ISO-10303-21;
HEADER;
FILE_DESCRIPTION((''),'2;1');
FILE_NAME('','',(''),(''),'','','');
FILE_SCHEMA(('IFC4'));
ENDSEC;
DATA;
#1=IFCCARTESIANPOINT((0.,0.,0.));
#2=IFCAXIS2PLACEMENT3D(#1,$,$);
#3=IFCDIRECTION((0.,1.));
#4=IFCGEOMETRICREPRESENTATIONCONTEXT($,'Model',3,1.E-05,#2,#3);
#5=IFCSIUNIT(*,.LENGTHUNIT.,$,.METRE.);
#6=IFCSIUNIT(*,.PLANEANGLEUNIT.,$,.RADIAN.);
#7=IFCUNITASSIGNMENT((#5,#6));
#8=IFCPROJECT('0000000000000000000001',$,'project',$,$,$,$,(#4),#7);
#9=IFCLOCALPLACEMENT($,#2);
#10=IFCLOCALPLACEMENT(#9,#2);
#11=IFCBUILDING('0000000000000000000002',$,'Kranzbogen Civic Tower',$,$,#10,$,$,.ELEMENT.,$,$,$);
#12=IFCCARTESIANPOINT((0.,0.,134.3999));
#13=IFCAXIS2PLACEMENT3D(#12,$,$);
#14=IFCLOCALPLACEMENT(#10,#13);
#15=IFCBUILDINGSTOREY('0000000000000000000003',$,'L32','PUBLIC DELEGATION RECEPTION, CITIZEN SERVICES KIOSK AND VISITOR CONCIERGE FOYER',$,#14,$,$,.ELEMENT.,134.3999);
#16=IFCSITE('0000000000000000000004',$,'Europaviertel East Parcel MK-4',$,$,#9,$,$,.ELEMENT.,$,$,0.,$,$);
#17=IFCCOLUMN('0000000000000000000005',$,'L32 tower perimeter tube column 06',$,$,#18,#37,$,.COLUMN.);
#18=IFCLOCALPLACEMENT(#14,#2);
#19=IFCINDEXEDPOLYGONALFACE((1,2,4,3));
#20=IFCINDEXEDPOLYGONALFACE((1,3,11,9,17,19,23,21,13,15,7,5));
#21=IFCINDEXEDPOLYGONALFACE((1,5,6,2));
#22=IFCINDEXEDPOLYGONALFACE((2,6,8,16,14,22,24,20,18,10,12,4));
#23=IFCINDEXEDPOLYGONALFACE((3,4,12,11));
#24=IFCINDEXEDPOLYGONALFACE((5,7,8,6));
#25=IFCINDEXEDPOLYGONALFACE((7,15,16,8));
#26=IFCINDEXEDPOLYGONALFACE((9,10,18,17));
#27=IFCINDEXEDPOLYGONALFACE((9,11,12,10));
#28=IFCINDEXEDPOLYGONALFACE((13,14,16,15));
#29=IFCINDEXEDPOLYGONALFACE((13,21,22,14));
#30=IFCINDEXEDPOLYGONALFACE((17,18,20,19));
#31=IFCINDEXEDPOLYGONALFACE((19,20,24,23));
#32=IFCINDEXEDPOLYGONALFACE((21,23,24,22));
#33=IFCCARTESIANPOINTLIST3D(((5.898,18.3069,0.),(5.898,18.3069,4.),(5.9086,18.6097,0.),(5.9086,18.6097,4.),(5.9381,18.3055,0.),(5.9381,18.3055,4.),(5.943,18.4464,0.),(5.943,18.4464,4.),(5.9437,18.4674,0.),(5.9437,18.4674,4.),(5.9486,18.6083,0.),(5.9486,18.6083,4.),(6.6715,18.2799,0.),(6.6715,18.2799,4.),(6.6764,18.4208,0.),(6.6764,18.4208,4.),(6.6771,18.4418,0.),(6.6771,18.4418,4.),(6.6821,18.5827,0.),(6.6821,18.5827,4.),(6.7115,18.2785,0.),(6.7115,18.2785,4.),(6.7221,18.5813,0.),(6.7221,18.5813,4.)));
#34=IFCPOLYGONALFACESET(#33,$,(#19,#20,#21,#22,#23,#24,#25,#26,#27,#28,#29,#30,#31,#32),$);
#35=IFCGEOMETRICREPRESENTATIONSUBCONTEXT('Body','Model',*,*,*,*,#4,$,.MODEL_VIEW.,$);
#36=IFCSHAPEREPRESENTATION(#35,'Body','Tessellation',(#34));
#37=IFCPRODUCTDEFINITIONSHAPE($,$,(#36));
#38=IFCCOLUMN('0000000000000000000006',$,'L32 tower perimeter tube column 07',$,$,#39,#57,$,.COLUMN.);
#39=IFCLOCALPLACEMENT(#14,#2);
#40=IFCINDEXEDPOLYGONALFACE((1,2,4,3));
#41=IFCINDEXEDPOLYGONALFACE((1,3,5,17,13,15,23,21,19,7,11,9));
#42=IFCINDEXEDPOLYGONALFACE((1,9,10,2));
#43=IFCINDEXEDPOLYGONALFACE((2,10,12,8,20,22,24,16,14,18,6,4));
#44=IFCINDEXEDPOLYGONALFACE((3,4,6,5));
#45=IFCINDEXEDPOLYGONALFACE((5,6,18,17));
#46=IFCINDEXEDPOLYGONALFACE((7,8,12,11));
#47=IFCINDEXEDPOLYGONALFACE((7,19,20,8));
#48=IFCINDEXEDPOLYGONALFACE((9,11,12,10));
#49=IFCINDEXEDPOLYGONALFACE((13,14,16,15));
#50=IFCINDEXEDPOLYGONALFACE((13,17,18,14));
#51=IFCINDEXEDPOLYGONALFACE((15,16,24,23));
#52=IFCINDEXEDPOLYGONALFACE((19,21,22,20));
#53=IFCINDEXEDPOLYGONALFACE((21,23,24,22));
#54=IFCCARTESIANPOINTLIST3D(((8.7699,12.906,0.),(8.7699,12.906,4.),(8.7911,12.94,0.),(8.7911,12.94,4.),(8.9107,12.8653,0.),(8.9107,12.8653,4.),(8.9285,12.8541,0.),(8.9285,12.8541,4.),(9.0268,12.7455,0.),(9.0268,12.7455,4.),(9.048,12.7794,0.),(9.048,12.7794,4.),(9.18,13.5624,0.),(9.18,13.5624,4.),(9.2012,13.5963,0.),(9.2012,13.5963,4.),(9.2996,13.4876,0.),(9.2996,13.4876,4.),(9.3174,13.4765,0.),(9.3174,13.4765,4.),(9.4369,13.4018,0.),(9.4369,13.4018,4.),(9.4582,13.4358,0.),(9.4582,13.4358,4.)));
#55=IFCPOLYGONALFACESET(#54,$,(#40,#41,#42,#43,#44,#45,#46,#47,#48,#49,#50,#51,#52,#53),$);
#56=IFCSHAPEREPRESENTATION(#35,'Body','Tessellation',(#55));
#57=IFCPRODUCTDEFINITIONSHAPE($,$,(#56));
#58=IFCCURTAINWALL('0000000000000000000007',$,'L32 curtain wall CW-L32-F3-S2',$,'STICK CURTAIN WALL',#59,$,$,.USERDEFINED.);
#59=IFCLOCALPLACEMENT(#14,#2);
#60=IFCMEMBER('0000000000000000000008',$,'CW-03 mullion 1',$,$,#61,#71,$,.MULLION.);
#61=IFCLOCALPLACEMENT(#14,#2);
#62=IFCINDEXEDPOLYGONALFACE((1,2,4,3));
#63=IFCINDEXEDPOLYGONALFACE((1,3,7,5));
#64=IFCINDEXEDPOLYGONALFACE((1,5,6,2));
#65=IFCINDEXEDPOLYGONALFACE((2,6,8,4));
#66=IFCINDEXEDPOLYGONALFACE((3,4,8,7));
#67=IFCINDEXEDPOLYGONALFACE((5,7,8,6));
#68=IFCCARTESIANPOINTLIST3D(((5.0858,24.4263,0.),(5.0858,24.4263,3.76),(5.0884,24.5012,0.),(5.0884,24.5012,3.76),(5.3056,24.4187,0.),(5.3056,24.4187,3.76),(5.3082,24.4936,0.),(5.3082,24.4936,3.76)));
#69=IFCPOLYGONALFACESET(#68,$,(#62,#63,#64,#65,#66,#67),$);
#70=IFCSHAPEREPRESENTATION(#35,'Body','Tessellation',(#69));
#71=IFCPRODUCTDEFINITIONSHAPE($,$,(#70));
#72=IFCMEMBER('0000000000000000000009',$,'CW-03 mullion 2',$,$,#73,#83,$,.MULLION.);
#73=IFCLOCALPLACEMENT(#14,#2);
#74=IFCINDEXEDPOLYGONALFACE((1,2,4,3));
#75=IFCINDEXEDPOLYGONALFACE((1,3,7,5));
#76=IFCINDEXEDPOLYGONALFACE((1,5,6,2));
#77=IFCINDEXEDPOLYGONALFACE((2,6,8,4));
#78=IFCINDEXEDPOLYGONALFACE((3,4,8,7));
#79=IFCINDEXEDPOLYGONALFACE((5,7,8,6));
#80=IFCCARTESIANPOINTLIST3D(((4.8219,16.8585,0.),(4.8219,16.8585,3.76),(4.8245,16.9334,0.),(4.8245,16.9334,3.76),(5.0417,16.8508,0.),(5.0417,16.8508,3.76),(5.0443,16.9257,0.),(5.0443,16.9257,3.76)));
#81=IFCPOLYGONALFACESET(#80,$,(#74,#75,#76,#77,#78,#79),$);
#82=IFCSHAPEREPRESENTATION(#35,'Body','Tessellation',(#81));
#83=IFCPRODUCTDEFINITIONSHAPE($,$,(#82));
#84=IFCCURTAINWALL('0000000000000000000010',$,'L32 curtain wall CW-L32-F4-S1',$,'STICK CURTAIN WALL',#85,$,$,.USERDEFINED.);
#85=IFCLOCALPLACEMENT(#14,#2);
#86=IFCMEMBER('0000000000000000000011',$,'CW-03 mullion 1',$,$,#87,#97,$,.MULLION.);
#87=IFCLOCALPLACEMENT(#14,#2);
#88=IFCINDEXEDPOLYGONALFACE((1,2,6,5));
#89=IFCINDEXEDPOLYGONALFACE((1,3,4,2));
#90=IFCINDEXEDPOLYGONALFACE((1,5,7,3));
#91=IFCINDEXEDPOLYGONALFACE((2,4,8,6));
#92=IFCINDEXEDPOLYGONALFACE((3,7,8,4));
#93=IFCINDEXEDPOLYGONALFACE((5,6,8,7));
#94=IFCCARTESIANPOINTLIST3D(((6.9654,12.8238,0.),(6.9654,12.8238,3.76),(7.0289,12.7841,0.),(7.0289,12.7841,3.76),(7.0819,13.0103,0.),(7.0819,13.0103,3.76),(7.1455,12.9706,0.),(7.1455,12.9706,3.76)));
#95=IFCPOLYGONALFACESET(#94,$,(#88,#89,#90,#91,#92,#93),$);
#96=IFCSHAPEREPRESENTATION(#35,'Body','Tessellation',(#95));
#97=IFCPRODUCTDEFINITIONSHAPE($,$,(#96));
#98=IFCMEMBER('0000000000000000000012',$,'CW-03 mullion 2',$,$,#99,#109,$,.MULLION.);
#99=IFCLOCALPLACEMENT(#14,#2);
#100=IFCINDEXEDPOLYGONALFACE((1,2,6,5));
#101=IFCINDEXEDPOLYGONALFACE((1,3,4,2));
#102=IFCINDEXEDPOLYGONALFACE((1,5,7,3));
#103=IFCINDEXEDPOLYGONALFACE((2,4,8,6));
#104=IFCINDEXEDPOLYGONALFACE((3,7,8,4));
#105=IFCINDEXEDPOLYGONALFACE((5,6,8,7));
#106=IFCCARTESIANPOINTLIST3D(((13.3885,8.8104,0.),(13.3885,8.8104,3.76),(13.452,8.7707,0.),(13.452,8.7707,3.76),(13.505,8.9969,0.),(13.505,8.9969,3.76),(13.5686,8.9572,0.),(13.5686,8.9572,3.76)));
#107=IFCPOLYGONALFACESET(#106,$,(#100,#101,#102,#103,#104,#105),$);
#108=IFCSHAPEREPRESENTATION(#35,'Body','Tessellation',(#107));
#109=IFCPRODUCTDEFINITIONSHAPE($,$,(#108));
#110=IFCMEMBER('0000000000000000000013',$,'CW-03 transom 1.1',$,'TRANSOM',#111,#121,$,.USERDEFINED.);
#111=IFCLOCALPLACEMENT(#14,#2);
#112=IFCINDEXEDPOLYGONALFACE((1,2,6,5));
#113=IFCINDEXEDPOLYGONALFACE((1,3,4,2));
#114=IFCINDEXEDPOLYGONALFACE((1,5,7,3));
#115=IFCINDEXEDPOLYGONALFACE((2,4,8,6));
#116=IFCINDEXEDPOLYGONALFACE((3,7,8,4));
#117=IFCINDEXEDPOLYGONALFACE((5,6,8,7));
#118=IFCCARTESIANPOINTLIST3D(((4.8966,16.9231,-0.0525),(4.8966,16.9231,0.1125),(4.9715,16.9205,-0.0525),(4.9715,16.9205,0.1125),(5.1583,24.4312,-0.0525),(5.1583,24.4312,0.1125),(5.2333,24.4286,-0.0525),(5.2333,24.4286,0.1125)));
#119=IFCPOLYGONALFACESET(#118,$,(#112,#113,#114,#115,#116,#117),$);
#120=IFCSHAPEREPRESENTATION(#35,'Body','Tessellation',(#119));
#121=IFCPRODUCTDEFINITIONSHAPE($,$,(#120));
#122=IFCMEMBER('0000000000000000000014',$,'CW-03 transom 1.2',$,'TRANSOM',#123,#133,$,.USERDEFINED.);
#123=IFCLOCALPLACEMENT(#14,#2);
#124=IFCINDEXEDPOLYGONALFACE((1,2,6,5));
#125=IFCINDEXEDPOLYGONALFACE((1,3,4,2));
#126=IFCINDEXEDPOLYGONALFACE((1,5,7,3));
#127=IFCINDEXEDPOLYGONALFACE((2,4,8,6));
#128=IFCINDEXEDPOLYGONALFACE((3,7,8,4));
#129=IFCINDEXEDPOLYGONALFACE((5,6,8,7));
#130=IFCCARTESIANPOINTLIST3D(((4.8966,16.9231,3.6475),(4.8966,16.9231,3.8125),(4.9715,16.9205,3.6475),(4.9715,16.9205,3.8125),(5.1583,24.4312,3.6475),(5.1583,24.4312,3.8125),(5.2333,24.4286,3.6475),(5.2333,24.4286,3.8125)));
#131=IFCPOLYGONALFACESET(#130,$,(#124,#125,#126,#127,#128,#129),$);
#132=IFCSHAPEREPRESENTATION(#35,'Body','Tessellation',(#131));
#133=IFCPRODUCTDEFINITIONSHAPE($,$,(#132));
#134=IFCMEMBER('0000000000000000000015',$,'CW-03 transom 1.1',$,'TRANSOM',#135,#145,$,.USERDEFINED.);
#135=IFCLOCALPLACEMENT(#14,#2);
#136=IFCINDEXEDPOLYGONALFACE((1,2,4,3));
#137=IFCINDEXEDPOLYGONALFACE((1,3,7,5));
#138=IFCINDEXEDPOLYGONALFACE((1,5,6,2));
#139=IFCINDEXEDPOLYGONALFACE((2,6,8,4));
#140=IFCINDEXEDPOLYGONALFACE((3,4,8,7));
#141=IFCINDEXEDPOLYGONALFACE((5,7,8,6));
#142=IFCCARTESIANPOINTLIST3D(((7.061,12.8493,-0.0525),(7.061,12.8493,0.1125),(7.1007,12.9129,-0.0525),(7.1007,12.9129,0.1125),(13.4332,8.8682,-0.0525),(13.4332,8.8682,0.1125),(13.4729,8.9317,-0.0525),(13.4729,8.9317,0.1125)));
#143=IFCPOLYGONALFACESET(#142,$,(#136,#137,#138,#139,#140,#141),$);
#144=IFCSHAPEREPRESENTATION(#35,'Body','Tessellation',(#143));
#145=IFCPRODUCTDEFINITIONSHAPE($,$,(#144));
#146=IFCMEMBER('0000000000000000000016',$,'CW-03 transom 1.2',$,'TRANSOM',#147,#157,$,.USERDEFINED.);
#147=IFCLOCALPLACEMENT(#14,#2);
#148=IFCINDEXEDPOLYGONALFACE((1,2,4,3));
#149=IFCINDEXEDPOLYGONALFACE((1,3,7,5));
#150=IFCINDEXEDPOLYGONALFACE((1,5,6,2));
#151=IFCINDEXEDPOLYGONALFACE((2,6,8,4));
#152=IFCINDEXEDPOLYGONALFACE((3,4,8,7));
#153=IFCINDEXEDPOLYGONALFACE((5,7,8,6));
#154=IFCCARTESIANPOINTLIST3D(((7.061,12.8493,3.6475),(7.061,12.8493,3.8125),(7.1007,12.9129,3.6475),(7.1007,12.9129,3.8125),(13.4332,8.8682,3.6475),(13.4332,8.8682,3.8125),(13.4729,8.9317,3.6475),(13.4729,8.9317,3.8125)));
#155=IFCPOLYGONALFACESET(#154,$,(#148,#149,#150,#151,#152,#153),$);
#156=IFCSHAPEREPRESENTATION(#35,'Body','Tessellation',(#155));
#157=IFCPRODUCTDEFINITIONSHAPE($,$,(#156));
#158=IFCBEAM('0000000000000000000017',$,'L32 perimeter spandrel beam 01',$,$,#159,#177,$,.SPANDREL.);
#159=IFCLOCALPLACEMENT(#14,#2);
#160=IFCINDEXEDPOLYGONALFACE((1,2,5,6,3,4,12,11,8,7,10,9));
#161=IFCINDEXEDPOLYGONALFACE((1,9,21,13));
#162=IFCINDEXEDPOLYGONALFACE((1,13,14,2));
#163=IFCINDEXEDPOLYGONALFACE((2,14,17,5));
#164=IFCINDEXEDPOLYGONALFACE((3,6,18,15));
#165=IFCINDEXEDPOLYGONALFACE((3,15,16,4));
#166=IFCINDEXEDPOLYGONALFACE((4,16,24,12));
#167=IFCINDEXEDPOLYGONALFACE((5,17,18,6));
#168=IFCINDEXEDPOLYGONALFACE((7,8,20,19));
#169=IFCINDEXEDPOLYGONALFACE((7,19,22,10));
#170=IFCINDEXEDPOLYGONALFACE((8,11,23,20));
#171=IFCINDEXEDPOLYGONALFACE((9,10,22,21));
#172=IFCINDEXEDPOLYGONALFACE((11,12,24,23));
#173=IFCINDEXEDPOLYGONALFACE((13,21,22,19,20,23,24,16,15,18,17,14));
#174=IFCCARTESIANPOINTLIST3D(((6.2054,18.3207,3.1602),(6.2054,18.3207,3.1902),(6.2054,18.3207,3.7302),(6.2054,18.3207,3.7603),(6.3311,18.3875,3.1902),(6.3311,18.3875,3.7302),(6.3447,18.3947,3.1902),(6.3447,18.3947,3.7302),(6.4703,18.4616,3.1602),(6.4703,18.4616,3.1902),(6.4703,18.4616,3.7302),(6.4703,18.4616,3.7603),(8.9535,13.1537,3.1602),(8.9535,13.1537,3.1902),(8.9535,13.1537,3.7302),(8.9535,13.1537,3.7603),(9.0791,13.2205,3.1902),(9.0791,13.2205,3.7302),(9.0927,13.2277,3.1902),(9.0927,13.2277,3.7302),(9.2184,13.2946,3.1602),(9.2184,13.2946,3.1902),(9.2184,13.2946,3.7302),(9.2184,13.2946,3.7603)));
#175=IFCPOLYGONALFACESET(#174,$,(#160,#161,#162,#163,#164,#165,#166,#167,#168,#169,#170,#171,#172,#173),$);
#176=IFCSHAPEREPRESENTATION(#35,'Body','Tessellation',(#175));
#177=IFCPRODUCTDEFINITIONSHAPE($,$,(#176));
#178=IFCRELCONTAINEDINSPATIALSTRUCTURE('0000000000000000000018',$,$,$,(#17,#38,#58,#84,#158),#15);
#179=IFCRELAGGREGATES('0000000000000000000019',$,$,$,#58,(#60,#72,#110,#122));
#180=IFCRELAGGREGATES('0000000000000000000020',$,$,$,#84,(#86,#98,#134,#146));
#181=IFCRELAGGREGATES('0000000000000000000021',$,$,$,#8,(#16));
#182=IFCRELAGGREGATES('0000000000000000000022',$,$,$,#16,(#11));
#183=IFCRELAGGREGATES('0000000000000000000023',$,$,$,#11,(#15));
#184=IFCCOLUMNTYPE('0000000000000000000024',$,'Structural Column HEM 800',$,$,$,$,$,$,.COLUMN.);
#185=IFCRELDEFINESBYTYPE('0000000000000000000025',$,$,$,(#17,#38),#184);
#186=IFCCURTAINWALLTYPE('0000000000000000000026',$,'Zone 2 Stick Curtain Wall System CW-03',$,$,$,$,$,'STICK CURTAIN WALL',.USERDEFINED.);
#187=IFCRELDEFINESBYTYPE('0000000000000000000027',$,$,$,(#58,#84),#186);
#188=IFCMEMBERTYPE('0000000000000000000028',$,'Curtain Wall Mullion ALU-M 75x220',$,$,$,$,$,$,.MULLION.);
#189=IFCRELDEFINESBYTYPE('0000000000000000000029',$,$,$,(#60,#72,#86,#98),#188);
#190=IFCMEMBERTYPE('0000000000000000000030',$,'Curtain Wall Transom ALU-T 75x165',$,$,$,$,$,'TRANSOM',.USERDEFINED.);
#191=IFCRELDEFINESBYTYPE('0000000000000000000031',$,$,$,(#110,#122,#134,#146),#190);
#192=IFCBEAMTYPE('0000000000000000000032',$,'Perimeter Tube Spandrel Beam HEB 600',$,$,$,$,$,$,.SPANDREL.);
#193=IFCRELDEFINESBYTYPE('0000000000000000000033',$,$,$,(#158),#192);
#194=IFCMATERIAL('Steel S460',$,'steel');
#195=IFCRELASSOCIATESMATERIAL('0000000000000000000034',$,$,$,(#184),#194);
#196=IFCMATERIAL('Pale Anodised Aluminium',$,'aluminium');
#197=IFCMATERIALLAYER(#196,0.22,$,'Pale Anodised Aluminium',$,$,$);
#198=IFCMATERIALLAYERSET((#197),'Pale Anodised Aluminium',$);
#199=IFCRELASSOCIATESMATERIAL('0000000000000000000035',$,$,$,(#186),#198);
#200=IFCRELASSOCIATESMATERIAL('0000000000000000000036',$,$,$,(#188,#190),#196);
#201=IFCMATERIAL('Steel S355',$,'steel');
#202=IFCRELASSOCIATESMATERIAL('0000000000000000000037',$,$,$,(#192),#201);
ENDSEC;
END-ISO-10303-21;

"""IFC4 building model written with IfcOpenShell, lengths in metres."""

from ifc_helpers import new_model, si_unit, direction, frame, origin, origin_2d, place, context, subcontext, project, spatial, rectangle, i_section, extrude, material, layer, layer_set, material_profile, profile_set, type_object, element, aggregate, save


model = new_model("IFC4")

# Units and contexts
model_context = context("Model", 3, precision=1e-05, world=origin(), true_north=direction((0.0, 1.0)))
body_context = subcontext(model_context, "Body", "Model", "MODEL_VIEW")
ifc_project = project(units=[si_unit("LENGTHUNIT", "METRE"), si_unit("PLANEANGLEUNIT", "RADIAN")], contexts=[model_context])

# Site, building, storey
site_placement = place(None, origin())
site = spatial("IfcSite", under=ifc_project, at=site_placement, Name="Europaviertel East Parcel MK-4", CompositionType="ELEMENT", RefElevation=0.0)
building_placement = place(site_placement, origin())
building = spatial("IfcBuilding", under=site, at=building_placement, Name="Kranzbogen Civic Tower", CompositionType="ELEMENT")
storey_placement = place(building_placement, frame((0.0, 0.0, 134.3999)))
storey = spatial("IfcBuildingStorey", under=building, at=storey_placement, Name="L32", Description="PUBLIC DELEGATION RECEPTION, CITIZEN SERVICES KIOSK AND VISITOR CONCIERGE FOYER", CompositionType="ELEMENT", Elevation=134.3999)

# Columns
ifc_material_1 = material(Name="Steel S460", Category="steel")
ifc_material_profile_1 = material_profile(ifc_material_1, i_section(OverallWidth=0.303, OverallDepth=0.814, WebThickness=0.021, FlangeThickness=0.04, at=origin_2d()), Name="HEM 800")
ifc_profile_set_1 = profile_set([ifc_material_profile_1], Name="Steel S460")
column_type = type_object("IfcColumnType", Name="Structural Column HEM 800", PredefinedType="COLUMN", material=ifc_profile_set_1)
for number, where, z_axis, x_axis, name in (
    (1, (6.3101, 18.4441, 0.0), (0.0, 0.0, 1.0), (0.034899, 0.999391, 0.0), "L32 tower perimeter tube column 06"),
    (2, (9.114, 13.1709, 0.0), (0.0, 0.0, 1.0), (-0.848048, 0.529919, 0.0), "L32 tower perimeter tube column 07"),
):
    element("IfcColumn", number, at=place(storey_placement, frame(where, z_axis=z_axis, x_axis=x_axis)), inside=storey, type_object=column_type, Name=name, PredefinedType="COLUMN", context=body_context, shape_type="SweptSolid", body=[
        extrude(i_section(OverallWidth=0.303, OverallDepth=0.814, WebThickness=0.021, FlangeThickness=0.04, at=origin_2d()), origin(), (0.0, 0.0, 1.0), 4.0),
    ])

# Curtain walls, members
ifc_material_2 = material(Name="Pale Anodised Aluminium", Category="aluminium")
ifc_layer_1 = layer(ifc_material_2, 0.22, Name="Pale Anodised Aluminium")
ifc_layer_set_1 = layer_set([ifc_layer_1], Name="Pale Anodised Aluminium")
curtain_wall_type = type_object("IfcCurtainWallType", Name="Zone 2 Stick Curtain Wall System CW-03", ElementType="STICK CURTAIN WALL", PredefinedType="USERDEFINED", material=ifc_layer_set_1)
curtain_wall_1_placement = place(storey_placement, origin())
curtain_wall_1 = element("IfcCurtainWall", 3, at=curtain_wall_1_placement, inside=storey, type_object=curtain_wall_type, Name="L32 curtain wall CW-L32-F3-S2", ObjectType="STICK CURTAIN WALL", PredefinedType="USERDEFINED")
ifc_material_profile_2 = material_profile(ifc_material_2, rectangle(XDim=0.075, YDim=0.22, at=origin_2d()), Name="ALU-M 75x220")
ifc_profile_set_2 = profile_set([ifc_material_profile_2], Name="Pale Anodised Aluminium")
member_type_1 = type_object("IfcMemberType", Name="Curtain Wall Mullion ALU-M 75x220", PredefinedType="MULLION", material=ifc_profile_set_2)
member_1_placement = place(storey_placement, frame((5.197, 24.46, 0.0), z_axis=(0.0, 0.0, 1.0), x_axis=(-0.03485, -0.999393, 0.0)))
member_1 = element("IfcMember", 4, at=member_1_placement, type_object=member_type_1, Name="CW-03 mullion 1", PredefinedType="MULLION", context=body_context, shape_type="SweptSolid", body=[
    extrude(rectangle(XDim=0.075, YDim=0.22, at=origin_2d()), origin(), (0.0, 0.0, 1.0), 3.76),
])
member_2_placement = place(storey_placement, frame((4.9331, 16.8921, 0.0), z_axis=(0.0, 0.0, 1.0), x_axis=(-0.03485, -0.999393, 0.0)))
member_2 = element("IfcMember", 5, at=member_2_placement, type_object=member_type_1, Name="CW-03 mullion 2", PredefinedType="MULLION", context=body_context, shape_type="SweptSolid", body=[
    extrude(rectangle(XDim=0.075, YDim=0.22, at=origin_2d()), origin(), (0.0, 0.0, 1.0), 3.76),
])
curtain_wall_2_placement = place(storey_placement, origin())
curtain_wall_2 = element("IfcCurtainWall", 6, at=curtain_wall_2_placement, inside=storey, type_object=curtain_wall_type, Name="L32 curtain wall CW-L32-F4-S1", ObjectType="STICK CURTAIN WALL", PredefinedType="USERDEFINED")
member_3_placement = place(storey_placement, frame((7.0554, 12.8972, 0.0), z_axis=(0.0, 0.0, 1.0), x_axis=(0.848072, -0.529881, 0.0)))
member_3 = element("IfcMember", 7, at=member_3_placement, type_object=member_type_1, Name="CW-03 mullion 1", PredefinedType="MULLION", context=body_context, shape_type="SweptSolid", body=[
    extrude(rectangle(XDim=0.075, YDim=0.22, at=origin_2d()), origin(), (0.0, 0.0, 1.0), 3.76),
])
member_4_placement = place(storey_placement, frame((13.4785, 8.8838, 0.0), z_axis=(0.0, 0.0, 1.0), x_axis=(0.848072, -0.529881, 0.0)))
member_4 = element("IfcMember", 8, at=member_4_placement, type_object=member_type_1, Name="CW-03 mullion 2", PredefinedType="MULLION", context=body_context, shape_type="SweptSolid", body=[
    extrude(rectangle(XDim=0.075, YDim=0.22, at=origin_2d()), origin(), (0.0, 0.0, 1.0), 3.76),
])

# Members
ifc_material_profile_3 = material_profile(ifc_material_2, rectangle(XDim=0.075, YDim=0.165, at=origin_2d()), Name="ALU-T 75x165")
ifc_profile_set_3 = profile_set([ifc_material_profile_3], Name="Pale Anodised Aluminium")
member_type_2 = type_object("IfcMemberType", Name="Curtain Wall Transom ALU-T 75x165", ElementType="TRANSOM", PredefinedType="USERDEFINED", material=ifc_profile_set_3)
member_5_placement = place(storey_placement, frame((5.1958, 24.4299, 0.03), z_axis=(-0.034837, -0.999393, 0.0), x_axis=(0.999393, -0.034837, 0.0)))
member_5 = element("IfcMember", 9, at=member_5_placement, type_object=member_type_2, Name="CW-03 transom 1.1", ObjectType="TRANSOM", PredefinedType="USERDEFINED", context=body_context, shape_type="SweptSolid", body=[
    extrude(rectangle(XDim=0.075, YDim=0.165, at=origin_2d()), origin(), (0.0, 0.0, 1.0), 7.5127),
])
member_6_placement = place(storey_placement, frame((5.1958, 24.4299, 3.73), z_axis=(-0.034837, -0.999393, 0.0), x_axis=(0.999393, -0.034837, 0.0)))
member_6 = element("IfcMember", 10, at=member_6_placement, type_object=member_type_2, Name="CW-03 transom 1.2", ObjectType="TRANSOM", PredefinedType="USERDEFINED", context=body_context, shape_type="SweptSolid", body=[
    extrude(rectangle(XDim=0.075, YDim=0.165, at=origin_2d()), origin(), (0.0, 0.0, 1.0), 7.5127),
])
member_7_placement = place(storey_placement, frame((7.0808, 12.8811, 0.03), z_axis=(0.848088, -0.529856, 0.0), x_axis=(0.529856, 0.848088, 0.0)))
member_7 = element("IfcMember", 11, at=member_7_placement, type_object=member_type_2, Name="CW-03 transom 1.1", ObjectType="TRANSOM", PredefinedType="USERDEFINED", context=body_context, shape_type="SweptSolid", body=[
    extrude(rectangle(XDim=0.075, YDim=0.165, at=origin_2d()), origin(), (0.0, 0.0, 1.0), 7.5137),
])
member_8_placement = place(storey_placement, frame((7.0808, 12.8811, 3.73), z_axis=(0.848088, -0.529856, 0.0), x_axis=(0.529856, 0.848088, 0.0)))
member_8 = element("IfcMember", 12, at=member_8_placement, type_object=member_type_2, Name="CW-03 transom 1.2", ObjectType="TRANSOM", PredefinedType="USERDEFINED", context=body_context, shape_type="SweptSolid", body=[
    extrude(rectangle(XDim=0.075, YDim=0.165, at=origin_2d()), origin(), (0.0, 0.0, 1.0), 7.5137),
])

# Beam
ifc_material_3 = material(Name="Steel S355", Category="steel")
ifc_material_profile_4 = material_profile(ifc_material_3, i_section(OverallWidth=0.3, OverallDepth=0.6001, WebThickness=0.0154, FlangeThickness=0.03, at=origin_2d()), Name="HEB 600")
ifc_profile_set_4 = profile_set([ifc_material_profile_4], Name="Steel S355")
beam_type_1 = type_object("IfcBeamType", Name="Perimeter Tube Spandrel Beam HEB 600", PredefinedType="SPANDREL", material=ifc_profile_set_4)
beam_1_placement = place(storey_placement, frame((6.3379, 18.3911, 3.4602), z_axis=(0.469566, -0.882897, 0.0), x_axis=(0.882897, 0.469566, 0.0)))
element("IfcBeam", 13, at=beam_1_placement, inside=storey, type_object=beam_type_1, Name="L32 perimeter spandrel beam 01", PredefinedType="SPANDREL", context=body_context, shape_type="SweptSolid", body=[
    extrude(i_section(OverallWidth=0.3, OverallDepth=0.6001, WebThickness=0.0154, FlangeThickness=0.03, at=origin_2d()), origin(), (0.0, 0.0, 1.0), 5.8523),
])

aggregate(curtain_wall_1, [member_1, member_2, member_5, member_6])
aggregate(curtain_wall_2, [member_3, member_4, member_7, member_8])

save(model, "model.ifc")
